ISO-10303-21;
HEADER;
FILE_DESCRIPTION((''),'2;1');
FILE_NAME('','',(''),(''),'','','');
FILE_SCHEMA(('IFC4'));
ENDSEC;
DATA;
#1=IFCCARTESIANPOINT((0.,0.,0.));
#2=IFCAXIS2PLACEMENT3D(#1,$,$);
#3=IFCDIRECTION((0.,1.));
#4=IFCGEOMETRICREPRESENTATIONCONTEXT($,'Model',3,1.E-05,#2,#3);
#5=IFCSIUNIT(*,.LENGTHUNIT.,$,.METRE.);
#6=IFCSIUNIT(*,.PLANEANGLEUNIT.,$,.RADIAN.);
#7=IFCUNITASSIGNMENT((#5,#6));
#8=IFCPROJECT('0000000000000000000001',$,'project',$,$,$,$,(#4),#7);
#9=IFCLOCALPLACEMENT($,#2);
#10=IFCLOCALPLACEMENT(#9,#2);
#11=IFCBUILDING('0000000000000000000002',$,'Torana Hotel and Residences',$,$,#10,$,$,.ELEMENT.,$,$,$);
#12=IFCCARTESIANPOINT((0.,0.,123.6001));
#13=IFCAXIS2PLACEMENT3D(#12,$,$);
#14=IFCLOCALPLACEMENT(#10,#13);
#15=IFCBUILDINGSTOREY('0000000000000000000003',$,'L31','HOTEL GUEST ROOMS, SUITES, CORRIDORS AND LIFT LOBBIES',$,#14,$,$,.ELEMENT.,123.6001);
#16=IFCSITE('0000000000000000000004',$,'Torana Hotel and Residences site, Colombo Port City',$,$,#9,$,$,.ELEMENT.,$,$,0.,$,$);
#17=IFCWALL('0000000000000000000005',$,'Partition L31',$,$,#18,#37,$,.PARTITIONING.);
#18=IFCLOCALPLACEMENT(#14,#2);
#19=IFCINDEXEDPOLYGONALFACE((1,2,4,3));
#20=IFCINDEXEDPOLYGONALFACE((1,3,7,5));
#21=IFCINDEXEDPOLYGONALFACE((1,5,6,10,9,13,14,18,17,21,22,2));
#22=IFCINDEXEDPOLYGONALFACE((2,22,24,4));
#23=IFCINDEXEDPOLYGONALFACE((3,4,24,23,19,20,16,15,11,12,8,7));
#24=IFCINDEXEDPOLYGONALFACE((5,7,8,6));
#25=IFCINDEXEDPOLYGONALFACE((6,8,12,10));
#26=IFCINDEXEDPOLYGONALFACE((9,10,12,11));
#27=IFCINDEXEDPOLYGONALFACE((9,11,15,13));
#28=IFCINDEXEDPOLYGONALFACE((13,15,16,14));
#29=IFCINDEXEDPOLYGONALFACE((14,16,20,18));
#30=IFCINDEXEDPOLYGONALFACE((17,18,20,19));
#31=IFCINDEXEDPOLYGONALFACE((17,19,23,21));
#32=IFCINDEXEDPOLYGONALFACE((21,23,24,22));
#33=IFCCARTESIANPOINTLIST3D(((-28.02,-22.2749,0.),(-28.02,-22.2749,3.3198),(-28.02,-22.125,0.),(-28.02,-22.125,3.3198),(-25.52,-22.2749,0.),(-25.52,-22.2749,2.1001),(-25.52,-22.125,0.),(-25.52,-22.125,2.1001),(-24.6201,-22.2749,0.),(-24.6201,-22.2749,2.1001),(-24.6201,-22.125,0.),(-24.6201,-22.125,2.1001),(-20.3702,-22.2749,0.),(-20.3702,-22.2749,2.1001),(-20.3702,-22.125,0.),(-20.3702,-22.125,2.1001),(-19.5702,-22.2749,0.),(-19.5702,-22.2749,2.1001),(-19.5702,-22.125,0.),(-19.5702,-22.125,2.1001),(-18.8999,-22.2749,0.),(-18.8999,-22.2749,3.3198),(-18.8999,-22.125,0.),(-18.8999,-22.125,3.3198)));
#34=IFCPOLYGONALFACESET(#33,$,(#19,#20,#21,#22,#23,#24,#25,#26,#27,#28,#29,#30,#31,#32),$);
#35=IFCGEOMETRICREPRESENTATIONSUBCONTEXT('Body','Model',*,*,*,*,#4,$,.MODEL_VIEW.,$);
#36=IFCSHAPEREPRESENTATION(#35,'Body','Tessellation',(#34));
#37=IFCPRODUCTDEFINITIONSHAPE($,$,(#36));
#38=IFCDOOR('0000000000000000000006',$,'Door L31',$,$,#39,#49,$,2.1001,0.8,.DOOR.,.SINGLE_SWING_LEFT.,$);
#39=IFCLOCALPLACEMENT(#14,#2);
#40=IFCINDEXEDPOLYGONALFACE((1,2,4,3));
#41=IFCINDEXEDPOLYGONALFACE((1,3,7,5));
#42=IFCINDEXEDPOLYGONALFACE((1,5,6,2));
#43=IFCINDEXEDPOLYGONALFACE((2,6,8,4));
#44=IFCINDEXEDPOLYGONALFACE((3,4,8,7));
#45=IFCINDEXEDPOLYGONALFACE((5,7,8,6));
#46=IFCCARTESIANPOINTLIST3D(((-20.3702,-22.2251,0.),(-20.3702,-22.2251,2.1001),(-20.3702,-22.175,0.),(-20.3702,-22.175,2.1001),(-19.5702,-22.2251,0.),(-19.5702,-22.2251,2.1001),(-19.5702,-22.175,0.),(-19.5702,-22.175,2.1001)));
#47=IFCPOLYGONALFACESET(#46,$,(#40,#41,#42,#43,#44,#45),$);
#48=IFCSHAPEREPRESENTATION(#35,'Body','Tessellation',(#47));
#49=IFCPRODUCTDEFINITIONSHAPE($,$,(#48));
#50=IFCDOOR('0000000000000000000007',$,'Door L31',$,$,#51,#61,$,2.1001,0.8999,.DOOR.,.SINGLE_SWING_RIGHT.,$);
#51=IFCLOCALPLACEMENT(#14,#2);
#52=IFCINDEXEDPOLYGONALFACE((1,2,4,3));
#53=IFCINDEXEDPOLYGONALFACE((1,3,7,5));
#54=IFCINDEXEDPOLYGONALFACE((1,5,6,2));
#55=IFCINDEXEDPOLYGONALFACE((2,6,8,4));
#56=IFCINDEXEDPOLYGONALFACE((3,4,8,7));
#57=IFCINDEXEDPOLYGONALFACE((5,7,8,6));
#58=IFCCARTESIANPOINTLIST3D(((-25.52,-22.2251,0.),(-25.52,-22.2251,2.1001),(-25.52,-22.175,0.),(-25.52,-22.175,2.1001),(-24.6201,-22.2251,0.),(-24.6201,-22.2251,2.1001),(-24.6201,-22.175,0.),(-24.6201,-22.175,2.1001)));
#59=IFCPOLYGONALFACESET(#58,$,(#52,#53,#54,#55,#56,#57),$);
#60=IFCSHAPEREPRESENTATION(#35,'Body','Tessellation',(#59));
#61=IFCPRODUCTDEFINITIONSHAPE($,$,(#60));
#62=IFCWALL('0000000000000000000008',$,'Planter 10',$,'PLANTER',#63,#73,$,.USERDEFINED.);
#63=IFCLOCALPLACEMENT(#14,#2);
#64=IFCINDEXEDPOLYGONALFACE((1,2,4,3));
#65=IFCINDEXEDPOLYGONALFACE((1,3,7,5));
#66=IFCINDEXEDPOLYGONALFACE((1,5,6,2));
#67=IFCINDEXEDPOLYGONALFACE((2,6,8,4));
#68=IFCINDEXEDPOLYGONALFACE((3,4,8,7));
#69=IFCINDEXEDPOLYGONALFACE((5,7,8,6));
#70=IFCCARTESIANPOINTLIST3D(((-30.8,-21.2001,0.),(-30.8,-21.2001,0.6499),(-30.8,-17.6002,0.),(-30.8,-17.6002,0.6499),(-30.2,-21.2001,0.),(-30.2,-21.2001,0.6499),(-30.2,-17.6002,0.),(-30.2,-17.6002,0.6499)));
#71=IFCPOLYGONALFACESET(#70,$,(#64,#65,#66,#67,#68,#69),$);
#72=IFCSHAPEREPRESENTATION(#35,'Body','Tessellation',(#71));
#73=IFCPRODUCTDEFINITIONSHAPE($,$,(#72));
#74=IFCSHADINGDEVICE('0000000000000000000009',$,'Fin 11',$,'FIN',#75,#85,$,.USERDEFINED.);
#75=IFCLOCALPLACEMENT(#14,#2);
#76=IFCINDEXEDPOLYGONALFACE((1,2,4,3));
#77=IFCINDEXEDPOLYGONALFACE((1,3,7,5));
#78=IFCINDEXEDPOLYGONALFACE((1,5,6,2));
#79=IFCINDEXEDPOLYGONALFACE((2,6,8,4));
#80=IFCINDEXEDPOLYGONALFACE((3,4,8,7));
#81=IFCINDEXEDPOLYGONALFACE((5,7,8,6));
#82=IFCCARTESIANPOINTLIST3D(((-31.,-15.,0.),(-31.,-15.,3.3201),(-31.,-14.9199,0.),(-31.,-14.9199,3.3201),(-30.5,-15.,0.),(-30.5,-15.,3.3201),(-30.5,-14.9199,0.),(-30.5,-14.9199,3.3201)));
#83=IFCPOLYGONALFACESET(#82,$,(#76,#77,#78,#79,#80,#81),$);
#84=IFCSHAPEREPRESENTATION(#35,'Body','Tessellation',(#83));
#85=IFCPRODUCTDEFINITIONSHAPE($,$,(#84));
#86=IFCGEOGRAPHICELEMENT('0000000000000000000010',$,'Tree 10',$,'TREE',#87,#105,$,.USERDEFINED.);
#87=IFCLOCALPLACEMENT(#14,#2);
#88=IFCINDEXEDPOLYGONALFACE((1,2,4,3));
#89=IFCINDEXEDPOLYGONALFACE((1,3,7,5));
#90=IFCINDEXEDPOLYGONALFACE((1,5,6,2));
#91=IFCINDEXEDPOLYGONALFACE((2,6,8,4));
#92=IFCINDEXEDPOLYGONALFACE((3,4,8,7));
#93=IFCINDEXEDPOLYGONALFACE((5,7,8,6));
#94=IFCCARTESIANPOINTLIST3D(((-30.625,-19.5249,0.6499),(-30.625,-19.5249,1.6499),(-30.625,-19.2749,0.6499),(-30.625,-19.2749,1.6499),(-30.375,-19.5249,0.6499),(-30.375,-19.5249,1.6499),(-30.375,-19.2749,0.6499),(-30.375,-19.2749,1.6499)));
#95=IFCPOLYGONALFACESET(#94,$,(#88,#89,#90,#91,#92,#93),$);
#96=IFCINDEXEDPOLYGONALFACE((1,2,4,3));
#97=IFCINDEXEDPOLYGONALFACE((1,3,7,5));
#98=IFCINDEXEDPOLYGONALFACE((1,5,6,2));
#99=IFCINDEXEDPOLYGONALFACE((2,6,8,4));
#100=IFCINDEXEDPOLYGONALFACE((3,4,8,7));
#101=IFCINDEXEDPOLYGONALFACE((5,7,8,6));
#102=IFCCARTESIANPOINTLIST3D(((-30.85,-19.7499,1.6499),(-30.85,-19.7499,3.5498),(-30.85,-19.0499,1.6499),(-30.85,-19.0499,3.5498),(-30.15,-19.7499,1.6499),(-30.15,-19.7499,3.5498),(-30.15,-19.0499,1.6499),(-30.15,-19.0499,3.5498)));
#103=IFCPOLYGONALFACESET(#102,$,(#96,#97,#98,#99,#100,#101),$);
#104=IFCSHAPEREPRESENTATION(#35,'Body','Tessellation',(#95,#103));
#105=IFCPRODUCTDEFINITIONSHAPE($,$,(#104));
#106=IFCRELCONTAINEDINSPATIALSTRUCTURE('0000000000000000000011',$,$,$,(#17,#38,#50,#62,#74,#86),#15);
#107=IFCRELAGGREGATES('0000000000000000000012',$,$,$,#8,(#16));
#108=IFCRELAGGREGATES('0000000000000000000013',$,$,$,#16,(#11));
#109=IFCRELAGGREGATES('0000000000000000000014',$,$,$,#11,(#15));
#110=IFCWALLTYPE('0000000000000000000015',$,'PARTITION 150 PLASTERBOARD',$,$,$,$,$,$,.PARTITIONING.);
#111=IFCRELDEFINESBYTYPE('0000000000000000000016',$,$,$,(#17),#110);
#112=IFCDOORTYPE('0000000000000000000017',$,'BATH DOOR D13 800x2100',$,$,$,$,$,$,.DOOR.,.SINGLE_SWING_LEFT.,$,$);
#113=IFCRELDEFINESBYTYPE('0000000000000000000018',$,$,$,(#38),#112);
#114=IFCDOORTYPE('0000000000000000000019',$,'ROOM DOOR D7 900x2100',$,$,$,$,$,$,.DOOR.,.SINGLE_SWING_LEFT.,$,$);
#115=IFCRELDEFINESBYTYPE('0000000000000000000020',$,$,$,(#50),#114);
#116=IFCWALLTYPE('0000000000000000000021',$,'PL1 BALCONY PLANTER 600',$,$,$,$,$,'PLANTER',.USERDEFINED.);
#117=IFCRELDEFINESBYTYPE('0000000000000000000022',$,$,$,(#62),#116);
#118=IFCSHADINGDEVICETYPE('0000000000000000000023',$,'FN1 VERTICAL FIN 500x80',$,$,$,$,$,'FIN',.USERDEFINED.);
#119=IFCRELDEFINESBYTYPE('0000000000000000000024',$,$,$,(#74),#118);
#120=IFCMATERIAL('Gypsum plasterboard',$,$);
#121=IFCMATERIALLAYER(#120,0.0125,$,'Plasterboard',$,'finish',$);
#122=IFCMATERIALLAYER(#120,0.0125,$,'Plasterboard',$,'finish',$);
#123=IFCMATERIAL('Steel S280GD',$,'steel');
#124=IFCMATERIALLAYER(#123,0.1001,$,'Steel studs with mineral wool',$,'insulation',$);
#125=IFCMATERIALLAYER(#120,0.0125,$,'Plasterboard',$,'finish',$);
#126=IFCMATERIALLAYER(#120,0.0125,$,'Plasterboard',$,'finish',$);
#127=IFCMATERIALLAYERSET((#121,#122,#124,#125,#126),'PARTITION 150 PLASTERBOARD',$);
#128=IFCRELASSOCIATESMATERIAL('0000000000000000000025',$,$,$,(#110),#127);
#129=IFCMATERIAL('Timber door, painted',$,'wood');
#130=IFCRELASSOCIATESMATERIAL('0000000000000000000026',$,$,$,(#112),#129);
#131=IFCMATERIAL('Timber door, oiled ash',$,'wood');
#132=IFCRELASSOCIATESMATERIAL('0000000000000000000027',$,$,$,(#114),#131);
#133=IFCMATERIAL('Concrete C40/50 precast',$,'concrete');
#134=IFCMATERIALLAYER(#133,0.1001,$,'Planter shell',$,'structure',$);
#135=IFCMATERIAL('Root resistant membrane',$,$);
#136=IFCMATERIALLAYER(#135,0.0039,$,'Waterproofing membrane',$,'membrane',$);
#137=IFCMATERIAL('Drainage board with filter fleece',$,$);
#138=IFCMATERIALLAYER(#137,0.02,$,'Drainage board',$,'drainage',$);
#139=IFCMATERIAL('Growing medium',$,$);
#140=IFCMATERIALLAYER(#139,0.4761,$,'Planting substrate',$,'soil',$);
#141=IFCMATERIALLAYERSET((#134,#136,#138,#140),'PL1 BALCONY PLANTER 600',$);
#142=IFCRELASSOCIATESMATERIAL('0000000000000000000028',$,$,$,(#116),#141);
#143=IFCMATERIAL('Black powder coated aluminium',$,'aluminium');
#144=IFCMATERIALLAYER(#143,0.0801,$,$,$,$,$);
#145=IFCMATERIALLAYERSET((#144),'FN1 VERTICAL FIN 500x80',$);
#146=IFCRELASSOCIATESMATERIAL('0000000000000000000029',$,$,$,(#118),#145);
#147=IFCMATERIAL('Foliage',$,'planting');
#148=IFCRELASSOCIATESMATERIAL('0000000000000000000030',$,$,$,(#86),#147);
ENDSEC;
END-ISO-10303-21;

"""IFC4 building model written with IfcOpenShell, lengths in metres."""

from ifc_helpers import new_model, si_unit, direction, frame, frame_2d, origin, origin_2d, place, context, subcontext, project, spatial, rectangle, extrude, material, layer, layer_set, type_object, element, fill, save


model = new_model("IFC4")

# Units and contexts
model_context = context("Model", 3, precision=1e-05, world=origin(), true_north=direction((0.0, 1.0)))
body_context = subcontext(model_context, "Body", "Model", "MODEL_VIEW")
ifc_project = project(units=[si_unit("LENGTHUNIT", "METRE"), si_unit("PLANEANGLEUNIT", "RADIAN")], contexts=[model_context])

# Site, building, storey
site_placement = place(None, origin())
site = spatial("IfcSite", under=ifc_project, at=site_placement, Name="Torana Hotel and Residences site, Colombo Port City", CompositionType="ELEMENT", RefElevation=0.0)
building_placement = place(site_placement, origin())
building = spatial("IfcBuilding", under=site, at=building_placement, Name="Torana Hotel and Residences", CompositionType="ELEMENT")
storey_placement = place(building_placement, frame((0.0, 0.0, 123.6001)))
storey = spatial("IfcBuildingStorey", under=building, at=storey_placement, Name="L31", Description="HOTEL GUEST ROOMS, SUITES, CORRIDORS AND LIFT LOBBIES", CompositionType="ELEMENT", Elevation=123.6001)

# Wall, openings, doors
ifc_material_1 = material(Name="Gypsum plasterboard")
ifc_layer_1 = layer(ifc_material_1, 0.0125, Name="Plasterboard", Category="finish")
ifc_layer_2 = layer(ifc_material_1, 0.0125, Name="Plasterboard", Category="finish")
ifc_material_2 = material(Name="Steel S280GD", Category="steel")
ifc_layer_3 = layer(ifc_material_2, 0.1001, Name="Steel studs with mineral wool", Category="insulation")
ifc_layer_4 = layer(ifc_material_1, 0.0125, Name="Plasterboard", Category="finish")
ifc_layer_5 = layer(ifc_material_1, 0.0125, Name="Plasterboard", Category="finish")
ifc_layer_set_1 = layer_set([ifc_layer_1, ifc_layer_2, ifc_layer_3, ifc_layer_4, ifc_layer_5], Name="PARTITION 150 PLASTERBOARD")
wall_type_1 = type_object("IfcWallType", Name="PARTITION 150 PLASTERBOARD", PredefinedType="PARTITIONING", material=ifc_layer_set_1)
wall_1_placement = place(storey_placement, frame((-28.02, -22.2, 0.0), z_axis=(0.0, 0.0, 1.0), x_axis=(1.0, 0.0, 0.0)))
wall_1 = element("IfcWall", 1, at=wall_1_placement, inside=storey, type_object=wall_type_1, Name="Partition L31", PredefinedType="PARTITIONING", context=body_context, shape_type="SweptSolid", body=[
    extrude(rectangle(XDim=9.1201, YDim=0.1499, at=frame_2d((4.5601, 0.0))), origin(), (0.0, 0.0, 1.0), 3.3198),
])
opening_1_placement = place(wall_1_placement, frame((7.6499, 0.0, 0.0)))
opening_1 = element("IfcOpeningElement", 2, at=opening_1_placement, cuts=wall_1, PredefinedType="OPENING", context=body_context, shape_type="SweptSolid", body=[
    extrude(rectangle(XDim=0.8, YDim=2.1001, at=frame_2d((0.3999, 1.05))), frame((0.0, 0.085, 0.0), z_axis=(0.0, -1.0, 0.0), x_axis=(1.0, 0.0, 0.0)), (0.0, 0.0, 1.0), 0.1699),
])
opening_2_placement = place(wall_1_placement, frame((2.5, 0.0, 0.0)))
opening_2 = element("IfcOpeningElement", 3, at=opening_2_placement, cuts=wall_1, PredefinedType="OPENING", context=body_context, shape_type="SweptSolid", body=[
    extrude(rectangle(XDim=0.8999, YDim=2.1001, at=frame_2d((0.45, 1.05))), frame((0.0, 0.085, 0.0), z_axis=(0.0, -1.0, 0.0), x_axis=(1.0, 0.0, 0.0)), (0.0, 0.0, 1.0), 0.1699),
])
ifc_material_3 = material(Name="Timber door, painted", Category="wood")
door_type_1 = type_object("IfcDoorType", Name="BATH DOOR D13 800x2100", OperationType="SINGLE_SWING_LEFT", PredefinedType="DOOR", material=ifc_material_3)
door_1_placement = place(opening_1_placement, origin())
door_1 = element("IfcDoor", 4, at=door_1_placement, inside=storey, type_object=door_type_1, Name="Door L31", OperationType="SINGLE_SWING_LEFT", OverallHeight=2.1001, OverallWidth=0.8, PredefinedType="DOOR", context=body_context, shape_type="SweptSolid", body=[
    extrude(rectangle(XDim=0.8, YDim=2.1001, at=frame_2d((0.3999, 1.05))), frame((0.0, 0.0249, 0.0), z_axis=(0.0, -1.0, 0.0), x_axis=(1.0, 0.0, 0.0)), (0.0, 0.0, 1.0), 0.05),
])
fill(opening_1, door_1)
ifc_material_4 = material(Name="Timber door, oiled ash", Category="wood")
door_type_2 = type_object("IfcDoorType", Name="ROOM DOOR D7 900x2100", OperationType="SINGLE_SWING_LEFT", PredefinedType="DOOR", material=ifc_material_4)
door_2_placement = place(opening_2_placement, origin())
door_2 = element("IfcDoor", 5, at=door_2_placement, inside=storey, type_object=door_type_2, Name="Door L31", OperationType="SINGLE_SWING_RIGHT", OverallHeight=2.1001, OverallWidth=0.8999, PredefinedType="DOOR", context=body_context, shape_type="SweptSolid", body=[
    extrude(rectangle(XDim=0.8999, YDim=2.1001, at=frame_2d((0.45, 1.05))), frame((0.0, 0.0249, 0.0), z_axis=(0.0, -1.0, 0.0), x_axis=(1.0, 0.0, 0.0)), (0.0, 0.0, 1.0), 0.05),
])
fill(opening_2, door_2)

# Wall
ifc_material_5 = material(Name="Concrete C40/50 precast", Category="concrete")
ifc_layer_6 = layer(ifc_material_5, 0.1001, Name="Planter shell", Category="structure")
ifc_material_6 = material(Name="Root resistant membrane")
ifc_layer_7 = layer(ifc_material_6, 0.0039, Name="Waterproofing membrane", Category="membrane")
ifc_material_7 = material(Name="Drainage board with filter fleece")
ifc_layer_8 = layer(ifc_material_7, 0.02, Name="Drainage board", Category="drainage")
ifc_material_8 = material(Name="Growing medium")
ifc_layer_9 = layer(ifc_material_8, 0.4761, Name="Planting substrate", Category="soil")
ifc_layer_set_2 = layer_set([ifc_layer_6, ifc_layer_7, ifc_layer_8, ifc_layer_9], Name="PL1 BALCONY PLANTER 600")
wall_type_2 = type_object("IfcWallType", Name="PL1 BALCONY PLANTER 600", ElementType="PLANTER", PredefinedType="USERDEFINED", material=ifc_layer_set_2)
wall_2_placement = place(storey_placement, frame((-30.5, -21.2, 0.0), z_axis=(0.0, 0.0, 1.0), x_axis=(0.0, 1.0, 0.0)))
element("IfcWall", 6, at=wall_2_placement, inside=storey, type_object=wall_type_2, Name="Planter 10", ObjectType="PLANTER", PredefinedType="USERDEFINED", context=body_context, shape_type="SweptSolid", body=[
    extrude(rectangle(XDim=3.5999, YDim=0.6001, at=frame_2d((1.7998, 0.0))), origin(), (0.0, 0.0, 1.0), 0.6499),
])

# Shading device
ifc_material_9 = material(Name="Black powder coated aluminium", Category="aluminium")
ifc_layer_10 = layer(ifc_material_9, 0.0801)
ifc_layer_set_3 = layer_set([ifc_layer_10], Name="FN1 VERTICAL FIN 500x80")
shading_device_type = type_object("IfcShadingDeviceType", Name="FN1 VERTICAL FIN 500x80", ElementType="FIN", PredefinedType="USERDEFINED", material=ifc_layer_set_3)
shading_device_placement = place(storey_placement, frame((-30.75, -14.96, 0.0), z_axis=(0.0, 0.0, 1.0), x_axis=(0.0, 1.0, 0.0)))
element("IfcShadingDevice", 7, at=shading_device_placement, inside=storey, type_object=shading_device_type, Name="Fin 11", ObjectType="FIN", PredefinedType="USERDEFINED", context=body_context, shape_type="SweptSolid", body=[
    extrude(rectangle(XDim=0.0801, YDim=0.5, at=origin_2d()), origin(), (0.0, 0.0, 1.0), 3.3201),
])

# Geographic element
ifc_material_10 = material(Name="Foliage", Category="planting")
geographic_element_placement = place(storey_placement, frame((-30.5, -19.3999, 0.6499), z_axis=(0.0, 0.0, 1.0), x_axis=(1.0, 0.0, 0.0)))
element("IfcGeographicElement", 8, at=geographic_element_placement, inside=storey, material=ifc_material_10, Name="Tree 10", ObjectType="TREE", PredefinedType="USERDEFINED", context=body_context, shape_type="SweptSolid", body=[
    extrude(rectangle(XDim=0.25, YDim=0.25, at=origin_2d()), origin(), (0.0, 0.0, 1.0), 1.0),
    extrude(rectangle(XDim=0.7, YDim=0.7, at=origin_2d()), frame((0.0, 0.0, 1.0)), (0.0, 0.0, 1.0), 1.8999),
])

save(model, "model.ifc")
